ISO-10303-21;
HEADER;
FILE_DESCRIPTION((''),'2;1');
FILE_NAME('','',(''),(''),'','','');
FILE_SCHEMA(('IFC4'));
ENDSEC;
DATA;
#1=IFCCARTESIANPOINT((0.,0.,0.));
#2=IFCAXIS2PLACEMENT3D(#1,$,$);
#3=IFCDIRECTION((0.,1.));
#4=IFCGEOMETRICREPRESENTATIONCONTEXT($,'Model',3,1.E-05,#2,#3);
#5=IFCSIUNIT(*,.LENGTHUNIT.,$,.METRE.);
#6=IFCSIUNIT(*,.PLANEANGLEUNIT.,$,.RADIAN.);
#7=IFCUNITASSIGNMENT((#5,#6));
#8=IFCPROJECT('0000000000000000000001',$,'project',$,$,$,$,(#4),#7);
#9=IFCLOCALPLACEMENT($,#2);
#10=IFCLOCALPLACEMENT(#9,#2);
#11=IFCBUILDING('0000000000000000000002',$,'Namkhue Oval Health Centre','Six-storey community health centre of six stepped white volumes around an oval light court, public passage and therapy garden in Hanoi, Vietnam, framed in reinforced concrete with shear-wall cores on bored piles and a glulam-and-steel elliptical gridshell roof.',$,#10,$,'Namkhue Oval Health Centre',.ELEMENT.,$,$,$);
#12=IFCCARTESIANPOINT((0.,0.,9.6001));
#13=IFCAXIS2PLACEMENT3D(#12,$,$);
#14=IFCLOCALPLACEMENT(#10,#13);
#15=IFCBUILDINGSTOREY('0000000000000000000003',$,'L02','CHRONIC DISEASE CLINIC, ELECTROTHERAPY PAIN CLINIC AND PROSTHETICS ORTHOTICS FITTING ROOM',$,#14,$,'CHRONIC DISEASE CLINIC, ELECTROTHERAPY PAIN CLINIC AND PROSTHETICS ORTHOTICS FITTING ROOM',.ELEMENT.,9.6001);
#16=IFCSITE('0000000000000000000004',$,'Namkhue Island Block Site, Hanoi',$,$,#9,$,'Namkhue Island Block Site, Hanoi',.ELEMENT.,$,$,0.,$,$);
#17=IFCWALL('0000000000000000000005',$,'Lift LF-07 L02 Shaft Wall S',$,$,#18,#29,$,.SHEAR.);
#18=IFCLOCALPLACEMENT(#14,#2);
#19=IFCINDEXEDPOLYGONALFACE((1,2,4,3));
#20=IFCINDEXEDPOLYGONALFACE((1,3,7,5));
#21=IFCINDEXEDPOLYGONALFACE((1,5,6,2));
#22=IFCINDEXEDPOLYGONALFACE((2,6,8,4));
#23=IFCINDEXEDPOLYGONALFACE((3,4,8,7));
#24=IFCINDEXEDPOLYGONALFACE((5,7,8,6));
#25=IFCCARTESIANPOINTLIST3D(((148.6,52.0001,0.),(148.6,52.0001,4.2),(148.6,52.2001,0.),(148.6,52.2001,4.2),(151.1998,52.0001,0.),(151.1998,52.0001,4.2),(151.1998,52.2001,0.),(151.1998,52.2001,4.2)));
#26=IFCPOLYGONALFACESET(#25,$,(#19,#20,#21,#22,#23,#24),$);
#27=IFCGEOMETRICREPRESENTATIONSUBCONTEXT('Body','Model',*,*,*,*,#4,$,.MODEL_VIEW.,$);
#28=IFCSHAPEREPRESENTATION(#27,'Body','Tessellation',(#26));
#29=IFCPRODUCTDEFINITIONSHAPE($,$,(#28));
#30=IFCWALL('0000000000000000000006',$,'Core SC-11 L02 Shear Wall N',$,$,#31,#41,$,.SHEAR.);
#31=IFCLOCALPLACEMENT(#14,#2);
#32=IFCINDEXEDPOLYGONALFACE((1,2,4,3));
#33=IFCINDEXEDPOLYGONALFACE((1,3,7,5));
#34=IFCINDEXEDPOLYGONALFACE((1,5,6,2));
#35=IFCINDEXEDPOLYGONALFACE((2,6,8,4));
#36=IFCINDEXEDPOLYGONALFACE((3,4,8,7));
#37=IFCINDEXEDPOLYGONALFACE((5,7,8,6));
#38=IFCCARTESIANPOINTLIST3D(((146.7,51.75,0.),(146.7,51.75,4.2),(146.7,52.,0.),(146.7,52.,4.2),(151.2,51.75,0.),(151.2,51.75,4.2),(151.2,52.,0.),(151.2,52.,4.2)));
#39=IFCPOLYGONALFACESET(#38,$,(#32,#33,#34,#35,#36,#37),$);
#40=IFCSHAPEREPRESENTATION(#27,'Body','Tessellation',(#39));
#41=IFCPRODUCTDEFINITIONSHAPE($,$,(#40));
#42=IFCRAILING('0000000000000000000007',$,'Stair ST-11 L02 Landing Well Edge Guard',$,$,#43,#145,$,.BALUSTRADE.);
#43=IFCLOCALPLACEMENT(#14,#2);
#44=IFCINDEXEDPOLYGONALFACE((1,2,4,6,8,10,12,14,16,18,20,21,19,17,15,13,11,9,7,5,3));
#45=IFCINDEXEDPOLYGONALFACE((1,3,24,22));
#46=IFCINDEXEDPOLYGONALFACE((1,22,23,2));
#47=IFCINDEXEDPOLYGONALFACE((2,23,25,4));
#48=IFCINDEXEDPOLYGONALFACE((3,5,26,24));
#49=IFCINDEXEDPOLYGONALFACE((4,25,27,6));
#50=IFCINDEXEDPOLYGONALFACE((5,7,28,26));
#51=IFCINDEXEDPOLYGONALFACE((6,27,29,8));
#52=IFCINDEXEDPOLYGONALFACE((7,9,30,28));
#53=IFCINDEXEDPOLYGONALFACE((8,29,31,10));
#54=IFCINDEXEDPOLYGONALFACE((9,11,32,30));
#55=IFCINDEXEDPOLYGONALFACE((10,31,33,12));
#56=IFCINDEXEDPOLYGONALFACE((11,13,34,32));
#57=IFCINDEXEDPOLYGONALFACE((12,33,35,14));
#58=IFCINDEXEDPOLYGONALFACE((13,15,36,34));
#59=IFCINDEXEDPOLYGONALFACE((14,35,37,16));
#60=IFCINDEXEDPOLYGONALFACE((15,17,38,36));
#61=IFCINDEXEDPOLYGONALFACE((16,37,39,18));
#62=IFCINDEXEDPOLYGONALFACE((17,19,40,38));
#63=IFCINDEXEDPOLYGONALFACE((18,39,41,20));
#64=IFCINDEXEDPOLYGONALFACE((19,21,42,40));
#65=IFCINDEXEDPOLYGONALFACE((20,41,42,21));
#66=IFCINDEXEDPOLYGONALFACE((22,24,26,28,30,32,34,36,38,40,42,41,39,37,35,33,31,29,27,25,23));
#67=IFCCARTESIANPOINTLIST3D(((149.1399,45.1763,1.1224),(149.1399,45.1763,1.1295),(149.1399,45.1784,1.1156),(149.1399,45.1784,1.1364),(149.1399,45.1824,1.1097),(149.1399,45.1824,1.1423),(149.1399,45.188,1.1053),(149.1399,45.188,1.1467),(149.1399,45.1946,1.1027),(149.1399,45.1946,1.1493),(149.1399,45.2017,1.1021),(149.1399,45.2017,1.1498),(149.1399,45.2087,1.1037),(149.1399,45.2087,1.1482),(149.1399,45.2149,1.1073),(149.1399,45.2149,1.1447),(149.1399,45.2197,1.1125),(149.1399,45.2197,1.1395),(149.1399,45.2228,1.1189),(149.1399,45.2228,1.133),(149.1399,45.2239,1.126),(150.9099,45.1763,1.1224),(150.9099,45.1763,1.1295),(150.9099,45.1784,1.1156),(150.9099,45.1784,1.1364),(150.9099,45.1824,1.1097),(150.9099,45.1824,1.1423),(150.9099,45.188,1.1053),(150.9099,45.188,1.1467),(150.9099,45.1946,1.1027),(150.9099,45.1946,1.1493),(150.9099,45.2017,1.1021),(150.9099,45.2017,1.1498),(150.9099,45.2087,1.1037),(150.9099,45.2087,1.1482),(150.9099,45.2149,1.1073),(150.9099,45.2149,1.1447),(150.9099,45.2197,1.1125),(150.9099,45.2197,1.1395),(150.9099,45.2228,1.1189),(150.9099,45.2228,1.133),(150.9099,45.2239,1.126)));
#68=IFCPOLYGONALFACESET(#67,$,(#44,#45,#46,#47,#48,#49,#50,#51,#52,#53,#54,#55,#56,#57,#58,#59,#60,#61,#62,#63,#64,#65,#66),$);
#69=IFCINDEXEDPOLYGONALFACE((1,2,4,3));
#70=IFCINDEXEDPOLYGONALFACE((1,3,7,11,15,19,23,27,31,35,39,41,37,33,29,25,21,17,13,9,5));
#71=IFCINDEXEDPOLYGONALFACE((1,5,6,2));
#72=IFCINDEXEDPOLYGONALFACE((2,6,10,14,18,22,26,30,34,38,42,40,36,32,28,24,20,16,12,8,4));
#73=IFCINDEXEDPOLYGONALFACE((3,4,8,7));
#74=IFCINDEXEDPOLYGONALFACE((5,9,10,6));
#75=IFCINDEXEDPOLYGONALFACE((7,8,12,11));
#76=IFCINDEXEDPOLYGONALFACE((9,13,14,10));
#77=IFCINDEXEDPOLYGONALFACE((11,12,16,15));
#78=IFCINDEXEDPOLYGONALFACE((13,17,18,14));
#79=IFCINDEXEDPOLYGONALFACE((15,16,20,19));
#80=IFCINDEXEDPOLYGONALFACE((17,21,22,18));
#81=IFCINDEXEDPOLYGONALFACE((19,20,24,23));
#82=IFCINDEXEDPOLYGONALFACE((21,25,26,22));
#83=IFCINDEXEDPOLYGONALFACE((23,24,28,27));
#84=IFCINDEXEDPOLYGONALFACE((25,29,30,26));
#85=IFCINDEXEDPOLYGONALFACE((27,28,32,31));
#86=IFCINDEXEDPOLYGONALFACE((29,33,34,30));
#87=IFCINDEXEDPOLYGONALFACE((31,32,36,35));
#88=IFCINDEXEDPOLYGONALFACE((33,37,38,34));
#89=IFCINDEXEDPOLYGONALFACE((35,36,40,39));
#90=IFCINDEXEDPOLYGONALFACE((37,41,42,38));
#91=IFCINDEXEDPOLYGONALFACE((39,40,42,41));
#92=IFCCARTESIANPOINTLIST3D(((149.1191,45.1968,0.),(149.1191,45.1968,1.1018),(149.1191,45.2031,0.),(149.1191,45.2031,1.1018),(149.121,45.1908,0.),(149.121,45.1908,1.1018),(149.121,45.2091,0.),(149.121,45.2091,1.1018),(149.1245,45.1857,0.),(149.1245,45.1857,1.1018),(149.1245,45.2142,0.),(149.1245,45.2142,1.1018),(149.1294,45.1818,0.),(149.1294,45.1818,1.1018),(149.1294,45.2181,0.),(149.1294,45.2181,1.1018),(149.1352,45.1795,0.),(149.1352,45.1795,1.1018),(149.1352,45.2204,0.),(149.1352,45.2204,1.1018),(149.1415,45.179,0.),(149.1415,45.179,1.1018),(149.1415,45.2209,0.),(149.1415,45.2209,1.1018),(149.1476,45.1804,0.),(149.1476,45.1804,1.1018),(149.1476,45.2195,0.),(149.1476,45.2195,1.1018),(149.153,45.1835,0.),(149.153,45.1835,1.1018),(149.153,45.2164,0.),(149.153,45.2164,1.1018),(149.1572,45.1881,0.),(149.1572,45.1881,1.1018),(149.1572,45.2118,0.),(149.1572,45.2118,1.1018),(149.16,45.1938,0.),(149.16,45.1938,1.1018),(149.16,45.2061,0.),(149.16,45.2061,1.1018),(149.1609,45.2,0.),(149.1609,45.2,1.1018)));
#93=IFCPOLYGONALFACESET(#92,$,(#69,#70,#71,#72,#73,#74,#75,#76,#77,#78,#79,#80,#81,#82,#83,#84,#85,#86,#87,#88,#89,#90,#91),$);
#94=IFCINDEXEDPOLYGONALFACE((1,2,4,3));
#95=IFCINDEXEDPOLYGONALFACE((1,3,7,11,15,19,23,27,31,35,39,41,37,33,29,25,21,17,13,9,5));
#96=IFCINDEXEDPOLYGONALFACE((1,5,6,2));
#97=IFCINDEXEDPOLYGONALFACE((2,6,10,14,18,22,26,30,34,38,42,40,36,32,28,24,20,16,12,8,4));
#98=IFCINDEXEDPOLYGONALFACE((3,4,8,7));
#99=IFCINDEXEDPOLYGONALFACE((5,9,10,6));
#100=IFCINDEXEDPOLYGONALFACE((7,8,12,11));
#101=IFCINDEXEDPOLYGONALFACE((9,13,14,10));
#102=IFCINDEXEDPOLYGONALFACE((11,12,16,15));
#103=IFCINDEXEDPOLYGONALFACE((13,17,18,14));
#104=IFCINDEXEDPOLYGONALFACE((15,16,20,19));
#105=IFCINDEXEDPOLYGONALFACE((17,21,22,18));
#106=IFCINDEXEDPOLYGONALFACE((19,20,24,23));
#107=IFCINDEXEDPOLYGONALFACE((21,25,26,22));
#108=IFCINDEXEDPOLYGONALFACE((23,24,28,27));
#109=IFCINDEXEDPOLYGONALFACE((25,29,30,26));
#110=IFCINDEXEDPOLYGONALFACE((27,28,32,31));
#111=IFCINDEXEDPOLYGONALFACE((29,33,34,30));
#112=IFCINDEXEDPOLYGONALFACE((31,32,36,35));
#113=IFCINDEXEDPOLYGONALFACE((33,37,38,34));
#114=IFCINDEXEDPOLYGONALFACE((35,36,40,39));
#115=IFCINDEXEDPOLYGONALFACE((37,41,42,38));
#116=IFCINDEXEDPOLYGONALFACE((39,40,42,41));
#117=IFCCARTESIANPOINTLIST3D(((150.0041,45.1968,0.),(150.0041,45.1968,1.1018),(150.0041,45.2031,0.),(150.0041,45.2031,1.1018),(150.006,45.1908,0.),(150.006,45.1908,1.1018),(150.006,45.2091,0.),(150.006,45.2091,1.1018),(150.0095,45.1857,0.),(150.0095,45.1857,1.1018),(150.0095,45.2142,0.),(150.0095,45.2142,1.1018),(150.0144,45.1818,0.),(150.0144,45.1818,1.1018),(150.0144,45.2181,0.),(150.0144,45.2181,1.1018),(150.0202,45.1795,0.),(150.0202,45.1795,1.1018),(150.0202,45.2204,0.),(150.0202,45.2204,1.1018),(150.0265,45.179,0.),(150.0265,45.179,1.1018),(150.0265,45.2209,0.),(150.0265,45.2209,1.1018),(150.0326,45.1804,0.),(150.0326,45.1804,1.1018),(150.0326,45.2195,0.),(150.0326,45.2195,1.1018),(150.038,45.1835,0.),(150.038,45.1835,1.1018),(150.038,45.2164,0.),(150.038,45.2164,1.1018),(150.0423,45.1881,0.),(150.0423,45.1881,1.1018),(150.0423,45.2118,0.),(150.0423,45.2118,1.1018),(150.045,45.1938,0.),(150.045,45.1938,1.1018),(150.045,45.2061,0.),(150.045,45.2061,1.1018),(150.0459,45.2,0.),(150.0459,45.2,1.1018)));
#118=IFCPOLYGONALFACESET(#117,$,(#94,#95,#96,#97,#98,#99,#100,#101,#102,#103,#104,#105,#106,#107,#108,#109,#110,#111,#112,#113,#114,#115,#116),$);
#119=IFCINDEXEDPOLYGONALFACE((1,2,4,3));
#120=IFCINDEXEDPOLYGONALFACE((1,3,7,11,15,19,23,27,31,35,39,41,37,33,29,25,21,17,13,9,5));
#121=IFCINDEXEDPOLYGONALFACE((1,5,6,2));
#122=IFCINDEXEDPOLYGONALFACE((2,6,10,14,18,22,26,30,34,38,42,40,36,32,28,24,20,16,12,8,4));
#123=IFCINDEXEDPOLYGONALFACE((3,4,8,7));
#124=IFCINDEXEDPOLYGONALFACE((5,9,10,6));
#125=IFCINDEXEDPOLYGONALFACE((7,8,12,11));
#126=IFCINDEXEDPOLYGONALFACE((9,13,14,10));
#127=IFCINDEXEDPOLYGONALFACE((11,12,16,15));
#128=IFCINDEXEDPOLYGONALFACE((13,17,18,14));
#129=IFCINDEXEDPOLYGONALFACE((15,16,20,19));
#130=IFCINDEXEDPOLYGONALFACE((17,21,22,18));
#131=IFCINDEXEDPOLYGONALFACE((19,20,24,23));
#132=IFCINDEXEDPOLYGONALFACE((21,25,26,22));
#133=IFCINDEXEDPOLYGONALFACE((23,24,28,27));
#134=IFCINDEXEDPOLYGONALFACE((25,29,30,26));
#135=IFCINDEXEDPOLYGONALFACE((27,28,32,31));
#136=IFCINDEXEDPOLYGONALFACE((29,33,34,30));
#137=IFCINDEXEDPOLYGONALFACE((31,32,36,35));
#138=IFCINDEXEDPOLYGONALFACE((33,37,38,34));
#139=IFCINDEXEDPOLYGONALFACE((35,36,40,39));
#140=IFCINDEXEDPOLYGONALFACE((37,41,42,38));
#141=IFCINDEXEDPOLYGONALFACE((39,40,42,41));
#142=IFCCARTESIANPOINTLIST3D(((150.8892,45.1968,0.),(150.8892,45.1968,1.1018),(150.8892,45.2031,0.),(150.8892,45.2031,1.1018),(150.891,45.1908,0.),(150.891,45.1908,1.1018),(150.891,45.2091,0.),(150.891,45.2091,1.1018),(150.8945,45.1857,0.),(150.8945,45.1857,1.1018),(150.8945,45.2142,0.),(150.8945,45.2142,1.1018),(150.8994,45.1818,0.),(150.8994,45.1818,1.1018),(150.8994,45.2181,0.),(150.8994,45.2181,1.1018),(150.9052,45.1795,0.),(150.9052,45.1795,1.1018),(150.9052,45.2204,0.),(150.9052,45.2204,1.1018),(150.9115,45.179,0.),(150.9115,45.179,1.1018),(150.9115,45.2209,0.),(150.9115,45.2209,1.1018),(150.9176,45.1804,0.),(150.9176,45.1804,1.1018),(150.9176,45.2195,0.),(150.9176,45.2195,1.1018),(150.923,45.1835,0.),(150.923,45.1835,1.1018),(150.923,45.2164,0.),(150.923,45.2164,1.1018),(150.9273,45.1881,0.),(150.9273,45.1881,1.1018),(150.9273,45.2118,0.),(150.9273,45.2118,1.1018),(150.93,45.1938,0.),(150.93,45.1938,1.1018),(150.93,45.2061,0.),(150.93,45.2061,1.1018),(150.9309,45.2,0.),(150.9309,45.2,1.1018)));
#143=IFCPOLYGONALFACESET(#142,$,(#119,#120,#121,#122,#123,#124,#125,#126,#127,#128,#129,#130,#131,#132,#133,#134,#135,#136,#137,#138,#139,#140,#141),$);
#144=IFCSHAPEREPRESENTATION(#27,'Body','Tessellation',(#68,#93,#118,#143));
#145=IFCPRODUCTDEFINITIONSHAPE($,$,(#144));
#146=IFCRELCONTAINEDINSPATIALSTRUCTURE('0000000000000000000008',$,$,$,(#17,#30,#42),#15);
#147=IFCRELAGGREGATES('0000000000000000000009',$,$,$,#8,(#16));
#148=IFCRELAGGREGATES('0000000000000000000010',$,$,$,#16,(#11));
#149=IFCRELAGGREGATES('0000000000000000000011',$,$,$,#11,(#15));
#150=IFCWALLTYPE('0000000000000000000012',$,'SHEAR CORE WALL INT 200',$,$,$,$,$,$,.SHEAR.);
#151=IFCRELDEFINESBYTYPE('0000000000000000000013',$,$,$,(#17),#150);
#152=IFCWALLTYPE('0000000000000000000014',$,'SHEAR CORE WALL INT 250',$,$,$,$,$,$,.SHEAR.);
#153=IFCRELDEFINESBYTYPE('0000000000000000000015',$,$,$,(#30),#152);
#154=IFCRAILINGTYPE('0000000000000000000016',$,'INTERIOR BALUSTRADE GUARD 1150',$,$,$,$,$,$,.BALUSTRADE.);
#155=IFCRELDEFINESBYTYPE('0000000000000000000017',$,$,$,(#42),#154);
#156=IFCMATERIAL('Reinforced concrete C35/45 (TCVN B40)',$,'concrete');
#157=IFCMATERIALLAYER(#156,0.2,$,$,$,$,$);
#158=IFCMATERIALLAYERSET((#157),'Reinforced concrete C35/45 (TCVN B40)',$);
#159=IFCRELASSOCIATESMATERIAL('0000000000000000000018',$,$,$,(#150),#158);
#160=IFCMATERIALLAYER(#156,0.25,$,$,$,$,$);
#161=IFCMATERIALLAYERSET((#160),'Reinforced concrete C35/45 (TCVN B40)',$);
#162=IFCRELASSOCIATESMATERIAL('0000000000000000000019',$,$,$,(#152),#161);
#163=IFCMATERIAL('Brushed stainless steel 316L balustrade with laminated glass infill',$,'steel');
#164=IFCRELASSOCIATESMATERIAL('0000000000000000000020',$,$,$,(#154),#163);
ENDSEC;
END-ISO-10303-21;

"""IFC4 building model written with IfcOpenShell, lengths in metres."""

from ifc_helpers import new_model, si_unit, direction, frame, frame_2d, origin, origin_2d, place, context, subcontext, project, spatial, rectangle, circle, extrude, material, layer, layer_set, type_object, element, save


model = new_model("IFC4")

# Units and contexts
model_context = context("Model", 3, precision=1e-05, world=origin(), true_north=direction((0.0, 1.0)))
body_context = subcontext(model_context, "Body", "Model", "MODEL_VIEW")
ifc_project = project(units=[si_unit("LENGTHUNIT", "METRE"), si_unit("PLANEANGLEUNIT", "RADIAN")], contexts=[model_context])

# Site, building, storey
site_placement = place(None, origin())
site = spatial("IfcSite", under=ifc_project, at=site_placement, Name="Namkhue Island Block Site, Hanoi", LongName="Namkhue Island Block Site, Hanoi", CompositionType="ELEMENT", RefElevation=0.0)
building_placement = place(site_placement, origin())
building = spatial("IfcBuilding", under=site, at=building_placement, Name="Namkhue Oval Health Centre", Description="Six-storey community health centre of six stepped white volumes around an oval light court, public passage and therapy garden in Hanoi, Vietnam, framed in reinforced concrete with shear-wall cores on bored piles and a glulam-and-steel elliptical gridshell roof.", LongName="Namkhue Oval Health Centre", CompositionType="ELEMENT")
storey_placement = place(building_placement, frame((0.0, 0.0, 9.6001)))
storey = spatial("IfcBuildingStorey", under=building, at=storey_placement, Name="L02", Description="CHRONIC DISEASE CLINIC, ELECTROTHERAPY PAIN CLINIC AND PROSTHETICS ORTHOTICS FITTING ROOM", LongName="CHRONIC DISEASE CLINIC, ELECTROTHERAPY PAIN CLINIC AND PROSTHETICS ORTHOTICS FITTING ROOM", CompositionType="ELEMENT", Elevation=9.6001)

# Shared definitions
ifc_material_1 = material(Name="Reinforced concrete C35/45 (TCVN B40)", Category="concrete")

# Wall
ifc_layer_1 = layer(ifc_material_1, 0.2)
ifc_layer_set_1 = layer_set([ifc_layer_1], Name="Reinforced concrete C35/45 (TCVN B40)")
wall_type_1 = type_object("IfcWallType", Name="SHEAR CORE WALL INT 200", PredefinedType="SHEAR", material=ifc_layer_set_1)
wall_1_placement = place(storey_placement, frame((148.6001, 52.1001, 0.0), z_axis=(0.0, 0.0, 1.0), x_axis=(1.0, 0.0, 0.0)))
element("IfcWall", 1, at=wall_1_placement, inside=storey, type_object=wall_type_1, Name="Lift LF-07 L02 Shaft Wall S", PredefinedType="SHEAR", context=body_context, shape_type="SweptSolid", body=[
    extrude(rectangle(XDim=2.5999, YDim=0.2, at=frame_2d((1.2998, 0.0))), origin(), (0.0, 0.0, 1.0), 4.2),
])

# Wall
ifc_layer_2 = layer(ifc_material_1, 0.25)
ifc_layer_set_2 = layer_set([ifc_layer_2], Name="Reinforced concrete C35/45 (TCVN B40)")
wall_type_2 = type_object("IfcWallType", Name="SHEAR CORE WALL INT 250", PredefinedType="SHEAR", material=ifc_layer_set_2)
wall_2_placement = place(storey_placement, frame((151.2, 51.875, 0.0), z_axis=(0.0, 0.0, 1.0), x_axis=(-1.0, 0.0, 0.0)))
element("IfcWall", 2, at=wall_2_placement, inside=storey, type_object=wall_type_2, Name="Core SC-11 L02 Shear Wall N", PredefinedType="SHEAR", context=body_context, shape_type="SweptSolid", body=[
    extrude(rectangle(XDim=4.5, YDim=0.25, at=frame_2d((2.25, 0.0))), origin(), (0.0, 0.0, 1.0), 4.2),
])

# Railing
ifc_material_2 = material(Name="Brushed stainless steel 316L balustrade with laminated glass infill", Category="steel")
railing_type = type_object("IfcRailingType", Name="INTERIOR BALUSTRADE GUARD 1150", PredefinedType="BALUSTRADE", material=ifc_material_2)
railing_placement = place(storey_placement, frame((149.1399, 45.2, 0.0)))
element("IfcRailing", 3, at=railing_placement, inside=storey, type_object=railing_type, Name="Stair ST-11 L02 Landing Well Edge Guard", PredefinedType="BALUSTRADE", context=body_context, shape_type="SweptSolid", body=[
    extrude(circle(Radius=0.0239, at=origin_2d()), frame((0.0, 0.0, 1.126), z_axis=(1.0, 0.0, 0.0), x_axis=(0.0, 1.0, 0.0)), (0.0, 0.0, 1.0), 1.77),
    extrude(circle(Radius=0.021, at=origin_2d()), origin(), (0.0, 0.0, 1.0), 1.1018),
    extrude(circle(Radius=0.021, at=origin_2d()), frame((0.885, 0.0, 0.0)), (0.0, 0.0, 1.0), 1.1018),
    extrude(circle(Radius=0.021, at=origin_2d()), frame((1.77, 0.0, 0.0)), (0.0, 0.0, 1.0), 1.1018),
])

save(model, "model.ifc")
